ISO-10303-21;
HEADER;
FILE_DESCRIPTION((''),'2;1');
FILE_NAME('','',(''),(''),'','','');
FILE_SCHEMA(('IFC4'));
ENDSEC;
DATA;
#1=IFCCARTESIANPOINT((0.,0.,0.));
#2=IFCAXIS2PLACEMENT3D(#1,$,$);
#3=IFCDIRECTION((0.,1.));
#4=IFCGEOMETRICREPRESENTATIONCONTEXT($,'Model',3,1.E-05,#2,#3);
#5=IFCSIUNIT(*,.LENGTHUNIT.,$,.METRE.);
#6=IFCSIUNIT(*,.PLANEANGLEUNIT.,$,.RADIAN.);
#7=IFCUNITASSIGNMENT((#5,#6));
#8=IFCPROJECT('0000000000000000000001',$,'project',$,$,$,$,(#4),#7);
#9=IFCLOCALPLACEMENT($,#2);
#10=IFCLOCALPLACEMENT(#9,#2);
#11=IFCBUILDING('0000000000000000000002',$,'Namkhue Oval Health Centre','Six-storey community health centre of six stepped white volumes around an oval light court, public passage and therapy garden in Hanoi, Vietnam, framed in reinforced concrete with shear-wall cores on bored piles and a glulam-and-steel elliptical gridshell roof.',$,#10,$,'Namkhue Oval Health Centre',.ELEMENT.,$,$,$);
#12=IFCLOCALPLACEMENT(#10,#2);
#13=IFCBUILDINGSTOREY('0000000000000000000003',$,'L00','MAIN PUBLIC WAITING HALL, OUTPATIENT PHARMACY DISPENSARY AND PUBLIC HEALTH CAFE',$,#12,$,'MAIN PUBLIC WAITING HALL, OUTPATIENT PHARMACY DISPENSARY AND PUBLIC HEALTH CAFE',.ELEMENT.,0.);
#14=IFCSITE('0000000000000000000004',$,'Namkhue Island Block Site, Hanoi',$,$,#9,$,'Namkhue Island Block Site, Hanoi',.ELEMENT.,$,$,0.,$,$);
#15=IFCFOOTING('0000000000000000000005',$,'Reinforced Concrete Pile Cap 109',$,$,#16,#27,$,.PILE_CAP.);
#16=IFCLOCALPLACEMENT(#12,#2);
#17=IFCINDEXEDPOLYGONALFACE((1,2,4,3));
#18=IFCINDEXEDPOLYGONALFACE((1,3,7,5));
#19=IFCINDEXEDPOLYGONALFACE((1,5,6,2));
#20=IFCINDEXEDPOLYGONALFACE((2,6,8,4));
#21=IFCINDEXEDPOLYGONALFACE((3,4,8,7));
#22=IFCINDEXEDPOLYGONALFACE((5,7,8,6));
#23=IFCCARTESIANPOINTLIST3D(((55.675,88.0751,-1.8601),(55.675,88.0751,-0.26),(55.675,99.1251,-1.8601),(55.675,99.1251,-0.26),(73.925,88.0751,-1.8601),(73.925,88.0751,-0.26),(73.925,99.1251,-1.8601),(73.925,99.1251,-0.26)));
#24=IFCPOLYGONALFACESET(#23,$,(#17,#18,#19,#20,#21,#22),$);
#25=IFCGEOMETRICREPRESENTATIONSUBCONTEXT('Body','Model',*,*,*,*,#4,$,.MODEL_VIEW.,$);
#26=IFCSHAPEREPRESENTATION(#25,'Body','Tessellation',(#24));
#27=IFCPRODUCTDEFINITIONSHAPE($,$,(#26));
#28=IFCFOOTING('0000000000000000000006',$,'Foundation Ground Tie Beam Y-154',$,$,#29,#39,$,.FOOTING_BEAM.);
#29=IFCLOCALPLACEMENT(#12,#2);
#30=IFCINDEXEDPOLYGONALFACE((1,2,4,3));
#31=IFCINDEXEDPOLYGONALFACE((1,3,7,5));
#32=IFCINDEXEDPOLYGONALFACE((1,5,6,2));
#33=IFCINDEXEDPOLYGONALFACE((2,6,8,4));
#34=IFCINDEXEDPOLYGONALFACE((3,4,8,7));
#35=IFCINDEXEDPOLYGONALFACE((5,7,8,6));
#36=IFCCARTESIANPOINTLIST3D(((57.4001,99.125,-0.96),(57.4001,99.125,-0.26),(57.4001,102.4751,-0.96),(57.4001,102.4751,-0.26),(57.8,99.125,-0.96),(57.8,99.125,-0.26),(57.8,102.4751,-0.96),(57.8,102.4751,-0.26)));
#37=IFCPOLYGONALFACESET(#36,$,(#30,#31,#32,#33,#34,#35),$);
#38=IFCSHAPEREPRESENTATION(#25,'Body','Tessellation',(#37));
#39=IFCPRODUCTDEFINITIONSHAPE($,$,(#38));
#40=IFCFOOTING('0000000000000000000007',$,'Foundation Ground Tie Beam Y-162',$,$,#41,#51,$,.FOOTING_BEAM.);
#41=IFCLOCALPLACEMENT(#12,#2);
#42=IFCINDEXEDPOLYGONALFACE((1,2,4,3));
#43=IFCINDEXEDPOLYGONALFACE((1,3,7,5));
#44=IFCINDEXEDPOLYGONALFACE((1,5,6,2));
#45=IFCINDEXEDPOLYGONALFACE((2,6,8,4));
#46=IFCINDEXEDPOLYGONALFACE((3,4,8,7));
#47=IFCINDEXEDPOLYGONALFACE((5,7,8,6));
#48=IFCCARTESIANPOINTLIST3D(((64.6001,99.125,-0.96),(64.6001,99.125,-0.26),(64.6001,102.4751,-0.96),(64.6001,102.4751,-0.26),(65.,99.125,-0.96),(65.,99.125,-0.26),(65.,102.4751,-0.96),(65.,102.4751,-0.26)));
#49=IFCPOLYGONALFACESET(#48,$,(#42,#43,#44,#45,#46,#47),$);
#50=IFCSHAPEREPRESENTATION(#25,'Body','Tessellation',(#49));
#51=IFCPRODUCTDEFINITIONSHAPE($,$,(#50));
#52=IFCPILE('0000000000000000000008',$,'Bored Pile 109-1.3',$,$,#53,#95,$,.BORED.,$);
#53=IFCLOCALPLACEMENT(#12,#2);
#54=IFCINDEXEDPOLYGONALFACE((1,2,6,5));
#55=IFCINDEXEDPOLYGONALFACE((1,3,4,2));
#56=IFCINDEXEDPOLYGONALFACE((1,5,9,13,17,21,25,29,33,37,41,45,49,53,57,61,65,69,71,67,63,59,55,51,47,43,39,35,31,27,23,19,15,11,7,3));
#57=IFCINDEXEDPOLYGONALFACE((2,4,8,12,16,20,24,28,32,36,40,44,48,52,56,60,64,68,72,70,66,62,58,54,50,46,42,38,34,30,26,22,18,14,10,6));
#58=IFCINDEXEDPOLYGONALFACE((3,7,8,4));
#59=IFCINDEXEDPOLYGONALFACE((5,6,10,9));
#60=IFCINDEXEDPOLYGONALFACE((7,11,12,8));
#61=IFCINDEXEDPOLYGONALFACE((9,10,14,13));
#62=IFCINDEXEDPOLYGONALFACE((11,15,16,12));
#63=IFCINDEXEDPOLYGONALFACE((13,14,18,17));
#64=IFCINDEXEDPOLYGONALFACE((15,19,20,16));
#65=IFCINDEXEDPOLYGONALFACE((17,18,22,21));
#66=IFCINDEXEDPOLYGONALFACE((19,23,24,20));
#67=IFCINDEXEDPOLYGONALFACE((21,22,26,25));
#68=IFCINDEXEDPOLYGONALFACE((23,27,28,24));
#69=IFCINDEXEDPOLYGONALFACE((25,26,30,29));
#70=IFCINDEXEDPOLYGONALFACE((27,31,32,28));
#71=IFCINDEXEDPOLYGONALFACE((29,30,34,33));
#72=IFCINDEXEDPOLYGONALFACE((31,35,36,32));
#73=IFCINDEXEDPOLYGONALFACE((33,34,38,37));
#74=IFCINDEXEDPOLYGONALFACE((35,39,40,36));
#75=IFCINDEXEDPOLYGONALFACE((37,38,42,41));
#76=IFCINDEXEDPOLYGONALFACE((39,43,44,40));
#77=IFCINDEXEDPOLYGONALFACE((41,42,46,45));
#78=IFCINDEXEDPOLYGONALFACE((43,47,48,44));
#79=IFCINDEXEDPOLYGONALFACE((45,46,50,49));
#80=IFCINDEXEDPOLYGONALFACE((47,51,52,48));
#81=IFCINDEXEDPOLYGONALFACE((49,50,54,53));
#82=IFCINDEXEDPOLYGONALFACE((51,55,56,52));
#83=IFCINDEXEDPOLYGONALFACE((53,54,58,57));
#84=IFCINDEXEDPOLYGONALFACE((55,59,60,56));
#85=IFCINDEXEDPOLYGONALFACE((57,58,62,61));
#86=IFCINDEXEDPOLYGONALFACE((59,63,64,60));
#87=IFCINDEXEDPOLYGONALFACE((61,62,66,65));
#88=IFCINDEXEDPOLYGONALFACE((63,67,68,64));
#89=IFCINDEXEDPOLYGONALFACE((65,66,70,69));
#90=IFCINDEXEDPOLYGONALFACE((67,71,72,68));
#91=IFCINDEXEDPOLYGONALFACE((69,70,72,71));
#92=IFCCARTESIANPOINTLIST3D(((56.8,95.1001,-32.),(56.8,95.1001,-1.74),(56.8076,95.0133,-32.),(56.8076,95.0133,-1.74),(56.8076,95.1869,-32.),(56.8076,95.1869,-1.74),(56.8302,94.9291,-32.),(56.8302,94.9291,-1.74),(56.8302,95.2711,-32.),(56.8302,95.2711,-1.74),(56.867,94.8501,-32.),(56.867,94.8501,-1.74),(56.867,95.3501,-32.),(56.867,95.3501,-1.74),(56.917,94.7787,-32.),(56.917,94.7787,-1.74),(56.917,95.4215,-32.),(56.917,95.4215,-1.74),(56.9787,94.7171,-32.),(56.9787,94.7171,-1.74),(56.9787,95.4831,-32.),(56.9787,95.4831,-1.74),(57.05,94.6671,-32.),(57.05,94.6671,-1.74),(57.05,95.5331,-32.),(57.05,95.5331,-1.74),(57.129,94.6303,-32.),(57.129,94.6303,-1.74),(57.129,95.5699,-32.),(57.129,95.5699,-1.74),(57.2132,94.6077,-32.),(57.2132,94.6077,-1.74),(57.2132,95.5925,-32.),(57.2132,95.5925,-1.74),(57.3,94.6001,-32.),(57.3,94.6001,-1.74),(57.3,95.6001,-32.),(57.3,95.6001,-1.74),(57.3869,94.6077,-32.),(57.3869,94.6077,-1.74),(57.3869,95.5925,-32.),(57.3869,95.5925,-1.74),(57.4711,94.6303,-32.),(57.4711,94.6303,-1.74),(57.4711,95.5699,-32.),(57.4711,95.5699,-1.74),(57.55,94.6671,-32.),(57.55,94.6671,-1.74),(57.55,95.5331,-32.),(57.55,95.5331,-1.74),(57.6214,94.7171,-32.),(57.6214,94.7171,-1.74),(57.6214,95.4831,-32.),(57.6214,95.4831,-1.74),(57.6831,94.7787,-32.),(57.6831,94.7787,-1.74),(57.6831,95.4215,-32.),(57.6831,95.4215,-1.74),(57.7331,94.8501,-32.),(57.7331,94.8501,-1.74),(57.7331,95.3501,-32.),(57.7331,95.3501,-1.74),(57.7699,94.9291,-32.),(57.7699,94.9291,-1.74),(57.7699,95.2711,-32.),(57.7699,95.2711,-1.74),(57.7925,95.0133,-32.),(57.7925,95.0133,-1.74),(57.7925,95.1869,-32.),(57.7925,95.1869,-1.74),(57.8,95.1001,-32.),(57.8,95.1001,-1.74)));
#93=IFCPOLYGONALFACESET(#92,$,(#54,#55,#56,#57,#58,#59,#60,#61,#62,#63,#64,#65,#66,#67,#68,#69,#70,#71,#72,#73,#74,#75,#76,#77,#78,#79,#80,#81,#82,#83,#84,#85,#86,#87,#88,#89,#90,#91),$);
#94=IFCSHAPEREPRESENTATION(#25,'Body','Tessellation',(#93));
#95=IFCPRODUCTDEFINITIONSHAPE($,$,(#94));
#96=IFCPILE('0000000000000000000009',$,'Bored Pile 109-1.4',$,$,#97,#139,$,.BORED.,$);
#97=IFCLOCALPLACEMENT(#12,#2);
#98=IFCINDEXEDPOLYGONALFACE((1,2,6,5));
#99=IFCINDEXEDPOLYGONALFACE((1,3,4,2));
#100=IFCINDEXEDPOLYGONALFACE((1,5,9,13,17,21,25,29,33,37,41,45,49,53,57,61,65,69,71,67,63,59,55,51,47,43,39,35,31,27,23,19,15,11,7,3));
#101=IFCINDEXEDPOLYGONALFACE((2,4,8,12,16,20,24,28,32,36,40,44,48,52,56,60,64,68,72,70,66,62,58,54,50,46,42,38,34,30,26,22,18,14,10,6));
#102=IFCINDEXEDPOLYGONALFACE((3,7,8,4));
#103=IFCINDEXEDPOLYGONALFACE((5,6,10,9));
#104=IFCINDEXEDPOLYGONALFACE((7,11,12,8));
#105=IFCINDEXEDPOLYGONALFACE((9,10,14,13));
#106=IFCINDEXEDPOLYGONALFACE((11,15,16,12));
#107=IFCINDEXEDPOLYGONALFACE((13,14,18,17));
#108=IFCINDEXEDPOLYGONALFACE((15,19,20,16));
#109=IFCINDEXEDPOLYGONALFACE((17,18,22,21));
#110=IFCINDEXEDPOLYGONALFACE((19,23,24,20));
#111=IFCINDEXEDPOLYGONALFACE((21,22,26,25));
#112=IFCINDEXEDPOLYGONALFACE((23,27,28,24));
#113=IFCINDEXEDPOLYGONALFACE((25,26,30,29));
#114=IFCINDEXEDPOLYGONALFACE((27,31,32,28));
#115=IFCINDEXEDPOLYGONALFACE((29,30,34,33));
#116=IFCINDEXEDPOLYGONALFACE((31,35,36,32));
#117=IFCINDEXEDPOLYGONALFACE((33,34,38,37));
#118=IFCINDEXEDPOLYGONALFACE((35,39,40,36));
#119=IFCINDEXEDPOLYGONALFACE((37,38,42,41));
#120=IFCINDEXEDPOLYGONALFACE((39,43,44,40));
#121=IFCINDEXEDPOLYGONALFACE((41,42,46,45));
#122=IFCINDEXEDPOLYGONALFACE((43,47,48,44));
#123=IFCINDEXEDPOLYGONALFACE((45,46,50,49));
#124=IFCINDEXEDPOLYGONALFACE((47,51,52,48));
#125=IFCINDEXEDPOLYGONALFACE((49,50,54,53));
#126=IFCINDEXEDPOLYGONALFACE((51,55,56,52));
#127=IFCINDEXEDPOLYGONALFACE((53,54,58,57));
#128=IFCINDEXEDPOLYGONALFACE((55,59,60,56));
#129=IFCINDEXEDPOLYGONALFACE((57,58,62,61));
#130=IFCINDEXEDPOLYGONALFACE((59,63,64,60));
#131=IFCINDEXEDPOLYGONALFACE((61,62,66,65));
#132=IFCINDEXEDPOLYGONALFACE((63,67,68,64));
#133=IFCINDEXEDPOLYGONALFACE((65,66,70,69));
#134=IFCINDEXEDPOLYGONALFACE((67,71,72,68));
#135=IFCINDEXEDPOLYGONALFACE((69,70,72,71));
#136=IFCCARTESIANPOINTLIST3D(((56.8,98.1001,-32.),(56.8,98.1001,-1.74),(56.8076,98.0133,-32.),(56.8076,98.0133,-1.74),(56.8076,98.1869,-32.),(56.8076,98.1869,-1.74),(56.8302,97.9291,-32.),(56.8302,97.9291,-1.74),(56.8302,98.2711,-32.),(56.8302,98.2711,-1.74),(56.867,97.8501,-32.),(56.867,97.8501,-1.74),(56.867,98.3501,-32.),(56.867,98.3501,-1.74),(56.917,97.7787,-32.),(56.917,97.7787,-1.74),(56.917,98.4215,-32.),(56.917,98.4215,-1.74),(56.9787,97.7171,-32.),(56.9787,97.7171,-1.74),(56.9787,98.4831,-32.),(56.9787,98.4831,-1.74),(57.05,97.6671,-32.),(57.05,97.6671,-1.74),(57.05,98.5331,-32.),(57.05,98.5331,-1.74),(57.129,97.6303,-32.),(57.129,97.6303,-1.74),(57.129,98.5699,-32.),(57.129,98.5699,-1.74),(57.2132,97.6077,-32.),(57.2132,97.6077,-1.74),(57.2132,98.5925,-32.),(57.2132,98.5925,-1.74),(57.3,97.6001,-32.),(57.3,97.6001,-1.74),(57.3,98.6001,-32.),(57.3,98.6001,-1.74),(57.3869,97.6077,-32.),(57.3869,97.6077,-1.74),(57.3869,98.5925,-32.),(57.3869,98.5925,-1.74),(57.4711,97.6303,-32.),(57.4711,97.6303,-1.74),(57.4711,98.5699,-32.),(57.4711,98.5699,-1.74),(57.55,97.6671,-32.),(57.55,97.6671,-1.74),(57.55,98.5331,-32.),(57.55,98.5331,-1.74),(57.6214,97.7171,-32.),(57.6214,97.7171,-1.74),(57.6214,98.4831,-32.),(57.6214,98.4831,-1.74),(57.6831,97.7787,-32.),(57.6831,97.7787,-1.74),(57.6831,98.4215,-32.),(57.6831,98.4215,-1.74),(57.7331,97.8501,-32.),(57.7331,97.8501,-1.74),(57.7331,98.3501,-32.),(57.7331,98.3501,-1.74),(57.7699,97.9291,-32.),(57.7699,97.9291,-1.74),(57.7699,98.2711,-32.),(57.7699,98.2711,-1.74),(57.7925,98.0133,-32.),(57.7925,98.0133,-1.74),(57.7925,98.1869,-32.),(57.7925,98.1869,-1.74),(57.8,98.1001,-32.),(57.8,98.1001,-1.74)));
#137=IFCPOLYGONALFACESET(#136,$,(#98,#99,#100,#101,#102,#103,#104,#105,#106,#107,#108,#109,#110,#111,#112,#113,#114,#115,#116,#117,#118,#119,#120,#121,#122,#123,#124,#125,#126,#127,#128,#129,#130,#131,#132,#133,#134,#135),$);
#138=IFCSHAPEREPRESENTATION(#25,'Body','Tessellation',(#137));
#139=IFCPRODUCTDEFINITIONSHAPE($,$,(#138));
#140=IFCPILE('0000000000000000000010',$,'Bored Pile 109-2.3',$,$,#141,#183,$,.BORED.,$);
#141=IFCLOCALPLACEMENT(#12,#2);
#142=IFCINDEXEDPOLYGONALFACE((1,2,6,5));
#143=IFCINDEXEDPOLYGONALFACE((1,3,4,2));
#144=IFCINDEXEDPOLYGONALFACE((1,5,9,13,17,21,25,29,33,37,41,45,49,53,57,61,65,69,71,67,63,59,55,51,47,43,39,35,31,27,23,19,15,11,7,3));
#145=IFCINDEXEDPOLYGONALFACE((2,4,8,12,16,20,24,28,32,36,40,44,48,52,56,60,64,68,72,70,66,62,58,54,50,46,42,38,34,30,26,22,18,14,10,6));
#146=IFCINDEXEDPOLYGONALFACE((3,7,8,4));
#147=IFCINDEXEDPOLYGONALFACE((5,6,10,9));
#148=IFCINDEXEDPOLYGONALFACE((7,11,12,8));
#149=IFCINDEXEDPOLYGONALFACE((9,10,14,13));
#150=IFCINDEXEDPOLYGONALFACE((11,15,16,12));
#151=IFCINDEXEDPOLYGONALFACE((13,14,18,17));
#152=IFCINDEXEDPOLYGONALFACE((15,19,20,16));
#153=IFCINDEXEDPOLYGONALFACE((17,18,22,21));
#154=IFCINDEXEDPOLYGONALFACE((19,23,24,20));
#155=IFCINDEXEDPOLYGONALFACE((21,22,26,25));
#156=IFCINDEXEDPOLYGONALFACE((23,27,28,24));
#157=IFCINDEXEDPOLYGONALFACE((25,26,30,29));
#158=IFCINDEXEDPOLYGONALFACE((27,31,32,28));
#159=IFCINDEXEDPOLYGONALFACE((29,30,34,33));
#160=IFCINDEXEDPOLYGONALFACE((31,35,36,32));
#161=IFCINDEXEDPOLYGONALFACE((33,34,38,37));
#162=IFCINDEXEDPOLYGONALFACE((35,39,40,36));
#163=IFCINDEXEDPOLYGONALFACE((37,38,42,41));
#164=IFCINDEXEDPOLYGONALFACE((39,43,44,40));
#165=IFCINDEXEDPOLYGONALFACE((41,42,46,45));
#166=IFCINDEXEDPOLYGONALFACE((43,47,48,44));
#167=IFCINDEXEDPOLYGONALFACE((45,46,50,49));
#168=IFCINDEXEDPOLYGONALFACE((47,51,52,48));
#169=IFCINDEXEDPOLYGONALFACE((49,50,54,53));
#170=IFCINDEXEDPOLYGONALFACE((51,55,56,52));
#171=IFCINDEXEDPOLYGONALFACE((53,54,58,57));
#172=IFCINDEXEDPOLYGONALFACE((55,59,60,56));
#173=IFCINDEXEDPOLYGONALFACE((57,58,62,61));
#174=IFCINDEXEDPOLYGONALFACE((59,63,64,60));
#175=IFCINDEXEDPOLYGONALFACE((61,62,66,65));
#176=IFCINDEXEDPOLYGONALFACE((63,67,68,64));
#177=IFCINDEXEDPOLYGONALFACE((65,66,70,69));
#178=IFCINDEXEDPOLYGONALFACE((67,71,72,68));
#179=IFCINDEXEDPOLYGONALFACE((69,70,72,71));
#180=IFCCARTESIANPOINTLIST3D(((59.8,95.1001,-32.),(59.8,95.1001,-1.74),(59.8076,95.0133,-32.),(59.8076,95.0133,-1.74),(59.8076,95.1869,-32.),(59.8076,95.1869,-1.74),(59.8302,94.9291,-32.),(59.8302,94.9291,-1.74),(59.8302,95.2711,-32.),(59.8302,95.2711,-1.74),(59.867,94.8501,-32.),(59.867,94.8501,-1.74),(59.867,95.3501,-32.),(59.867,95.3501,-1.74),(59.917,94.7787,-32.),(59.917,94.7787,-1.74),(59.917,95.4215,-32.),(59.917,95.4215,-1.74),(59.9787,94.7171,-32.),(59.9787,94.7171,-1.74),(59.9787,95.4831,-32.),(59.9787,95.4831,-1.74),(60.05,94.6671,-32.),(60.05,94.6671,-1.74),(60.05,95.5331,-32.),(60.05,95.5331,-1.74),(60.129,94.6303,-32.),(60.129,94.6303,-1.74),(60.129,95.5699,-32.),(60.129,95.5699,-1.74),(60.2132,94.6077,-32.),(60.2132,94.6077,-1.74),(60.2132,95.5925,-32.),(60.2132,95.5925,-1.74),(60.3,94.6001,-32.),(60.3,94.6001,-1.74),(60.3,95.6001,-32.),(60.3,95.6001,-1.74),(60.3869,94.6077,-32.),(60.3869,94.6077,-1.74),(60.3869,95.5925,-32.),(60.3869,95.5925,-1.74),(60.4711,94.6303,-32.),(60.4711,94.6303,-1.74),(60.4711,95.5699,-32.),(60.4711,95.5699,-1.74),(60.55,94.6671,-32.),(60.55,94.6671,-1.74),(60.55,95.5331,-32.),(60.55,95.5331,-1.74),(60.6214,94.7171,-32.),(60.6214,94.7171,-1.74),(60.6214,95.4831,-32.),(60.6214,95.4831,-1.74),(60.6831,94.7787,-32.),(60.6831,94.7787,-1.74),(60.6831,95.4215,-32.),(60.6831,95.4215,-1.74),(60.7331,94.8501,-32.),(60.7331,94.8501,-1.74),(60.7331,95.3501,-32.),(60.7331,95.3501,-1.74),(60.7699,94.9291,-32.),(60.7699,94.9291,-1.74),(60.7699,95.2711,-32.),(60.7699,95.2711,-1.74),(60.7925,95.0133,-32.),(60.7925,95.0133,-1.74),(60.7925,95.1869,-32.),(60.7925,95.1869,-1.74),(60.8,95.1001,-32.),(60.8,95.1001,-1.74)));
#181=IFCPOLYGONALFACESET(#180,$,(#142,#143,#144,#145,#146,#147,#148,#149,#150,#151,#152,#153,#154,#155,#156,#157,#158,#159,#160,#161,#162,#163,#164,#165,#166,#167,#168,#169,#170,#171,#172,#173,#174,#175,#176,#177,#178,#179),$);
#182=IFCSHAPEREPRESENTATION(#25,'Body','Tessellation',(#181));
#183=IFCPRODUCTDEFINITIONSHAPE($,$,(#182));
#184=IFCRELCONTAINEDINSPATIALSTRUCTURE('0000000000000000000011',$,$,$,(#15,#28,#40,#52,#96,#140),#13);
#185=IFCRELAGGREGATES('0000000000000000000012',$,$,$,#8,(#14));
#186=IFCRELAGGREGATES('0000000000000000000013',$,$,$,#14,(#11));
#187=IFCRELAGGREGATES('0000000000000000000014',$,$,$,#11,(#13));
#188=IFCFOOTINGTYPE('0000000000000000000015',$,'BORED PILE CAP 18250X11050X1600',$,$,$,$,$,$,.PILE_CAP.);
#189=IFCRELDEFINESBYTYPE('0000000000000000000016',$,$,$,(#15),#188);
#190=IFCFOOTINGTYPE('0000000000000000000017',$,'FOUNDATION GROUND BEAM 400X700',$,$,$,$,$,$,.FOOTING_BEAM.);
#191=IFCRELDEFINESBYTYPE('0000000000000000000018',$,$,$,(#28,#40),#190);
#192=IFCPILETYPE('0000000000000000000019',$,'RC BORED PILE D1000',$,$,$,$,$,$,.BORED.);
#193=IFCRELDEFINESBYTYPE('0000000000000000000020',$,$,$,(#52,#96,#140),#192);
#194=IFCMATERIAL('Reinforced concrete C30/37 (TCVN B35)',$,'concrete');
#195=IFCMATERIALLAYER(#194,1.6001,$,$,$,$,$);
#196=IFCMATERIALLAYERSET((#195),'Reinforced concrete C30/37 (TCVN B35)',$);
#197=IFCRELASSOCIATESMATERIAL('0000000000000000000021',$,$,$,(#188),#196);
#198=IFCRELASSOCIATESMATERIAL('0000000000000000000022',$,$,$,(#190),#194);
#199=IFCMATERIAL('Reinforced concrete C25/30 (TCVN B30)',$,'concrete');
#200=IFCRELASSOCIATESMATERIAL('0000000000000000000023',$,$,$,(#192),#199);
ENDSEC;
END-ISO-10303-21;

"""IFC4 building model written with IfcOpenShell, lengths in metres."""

from ifc_helpers import new_model, si_unit, direction, frame, origin, origin_2d, place, context, subcontext, project, spatial, rectangle, circle, extrude, material, layer, layer_set, material_profile, profile_set, type_object, element, save


model = new_model("IFC4")

# Units and contexts
model_context = context("Model", 3, precision=1e-05, world=origin(), true_north=direction((0.0, 1.0)))
body_context = subcontext(model_context, "Body", "Model", "MODEL_VIEW")
ifc_project = project(units=[si_unit("LENGTHUNIT", "METRE"), si_unit("PLANEANGLEUNIT", "RADIAN")], contexts=[model_context])

# Site, building, storey
site_placement = place(None, origin())
site = spatial("IfcSite", under=ifc_project, at=site_placement, Name="Namkhue Island Block Site, Hanoi", LongName="Namkhue Island Block Site, Hanoi", CompositionType="ELEMENT", RefElevation=0.0)
building_placement = place(site_placement, origin())
building = spatial("IfcBuilding", under=site, at=building_placement, Name="Namkhue Oval Health Centre", Description="Six-storey community health centre of six stepped white volumes around an oval light court, public passage and therapy garden in Hanoi, Vietnam, framed in reinforced concrete with shear-wall cores on bored piles and a glulam-and-steel elliptical gridshell roof.", LongName="Namkhue Oval Health Centre", CompositionType="ELEMENT")
storey_placement = place(building_placement, origin())
storey = spatial("IfcBuildingStorey", under=building, at=storey_placement, Name="L00", Description="MAIN PUBLIC WAITING HALL, OUTPATIENT PHARMACY DISPENSARY AND PUBLIC HEALTH CAFE", LongName="MAIN PUBLIC WAITING HALL, OUTPATIENT PHARMACY DISPENSARY AND PUBLIC HEALTH CAFE", CompositionType="ELEMENT", Elevation=0.0)

# Footings
ifc_material_1 = material(Name="Reinforced concrete C30/37 (TCVN B35)", Category="concrete")
ifc_layer_1 = layer(ifc_material_1, 1.6001)
ifc_layer_set_1 = layer_set([ifc_layer_1], Name="Reinforced concrete C30/37 (TCVN B35)")
footing_type_1 = type_object("IfcFootingType", Name="BORED PILE CAP 18250X11050X1600", PredefinedType="PILE_CAP", material=ifc_layer_set_1)
footing_placement = place(storey_placement, frame((64.8, 93.6001, -1.8601), z_axis=(0.0, 0.0, 1.0), x_axis=(1.0, 0.0, 0.0)))
element("IfcFooting", 1, at=footing_placement, inside=storey, type_object=footing_type_1, Name="Reinforced Concrete Pile Cap 109", PredefinedType="PILE_CAP", context=body_context, shape_type="SweptSolid", body=[
    extrude(rectangle(XDim=18.25, YDim=11.05, at=origin_2d()), origin(), (0.0, 0.0, 1.0), 1.6001),
])
footing_type_2 = type_object("IfcFootingType", Name="FOUNDATION GROUND BEAM 400X700", PredefinedType="FOOTING_BEAM", material=ifc_material_1)
for number, where, z_axis, x_axis, name in (
    (2, (57.6001, 100.8, -0.96), (0.0, 0.0, 1.0), (0.0, 1.0, 0.0), "Foundation Ground Tie Beam Y-154"),
    (3, (64.8, 100.8, -0.96), (0.0, 0.0, 1.0), (0.0, 1.0, 0.0), "Foundation Ground Tie Beam Y-162"),
):
    element("IfcFooting", number, at=place(storey_placement, frame(where, z_axis=z_axis, x_axis=x_axis)), inside=storey, type_object=footing_type_2, Name=name, PredefinedType="FOOTING_BEAM", context=body_context, shape_type="SweptSolid", body=[
        extrude(rectangle(XDim=3.3501, YDim=0.3999, at=origin_2d()), origin(), (0.0, 0.0, 1.0), 0.7),
    ])

# Piles
ifc_material_2 = material(Name="Reinforced concrete C25/30 (TCVN B30)", Category="concrete")
ifc_material_profile_1 = material_profile(ifc_material_2, circle(Radius=0.5, at=origin_2d()), Name="BORED PILE D1000")
ifc_profile_set_1 = profile_set([ifc_material_profile_1], Name="Reinforced concrete C25/30 (TCVN B30)")
pile_type = type_object("IfcPileType", Name="RC BORED PILE D1000", PredefinedType="BORED", material=ifc_profile_set_1)
for number, where, z_axis, x_axis, name in (
    (4, (57.3, 95.1001, -1.74), (0.0, 0.0, -1.0), (1.0, 0.0, 0.0), "Bored Pile 109-1.3"),
    (5, (57.3, 98.1001, -1.74), (0.0, 0.0, -1.0), (1.0, 0.0, 0.0), "Bored Pile 109-1.4"),
    (6, (60.3, 95.1001, -1.74), (0.0, 0.0, -1.0), (1.0, 0.0, 0.0), "Bored Pile 109-2.3"),
):
    element("IfcPile", number, at=place(storey_placement, frame(where, z_axis=z_axis, x_axis=x_axis)), inside=storey, type_object=pile_type, Name=name, PredefinedType="BORED", context=body_context, shape_type="SweptSolid", body=[
        extrude(circle(Radius=0.5, at=origin_2d()), origin(), (0.0, 0.0, 1.0), 30.26),
    ])

save(model, "model.ifc")
